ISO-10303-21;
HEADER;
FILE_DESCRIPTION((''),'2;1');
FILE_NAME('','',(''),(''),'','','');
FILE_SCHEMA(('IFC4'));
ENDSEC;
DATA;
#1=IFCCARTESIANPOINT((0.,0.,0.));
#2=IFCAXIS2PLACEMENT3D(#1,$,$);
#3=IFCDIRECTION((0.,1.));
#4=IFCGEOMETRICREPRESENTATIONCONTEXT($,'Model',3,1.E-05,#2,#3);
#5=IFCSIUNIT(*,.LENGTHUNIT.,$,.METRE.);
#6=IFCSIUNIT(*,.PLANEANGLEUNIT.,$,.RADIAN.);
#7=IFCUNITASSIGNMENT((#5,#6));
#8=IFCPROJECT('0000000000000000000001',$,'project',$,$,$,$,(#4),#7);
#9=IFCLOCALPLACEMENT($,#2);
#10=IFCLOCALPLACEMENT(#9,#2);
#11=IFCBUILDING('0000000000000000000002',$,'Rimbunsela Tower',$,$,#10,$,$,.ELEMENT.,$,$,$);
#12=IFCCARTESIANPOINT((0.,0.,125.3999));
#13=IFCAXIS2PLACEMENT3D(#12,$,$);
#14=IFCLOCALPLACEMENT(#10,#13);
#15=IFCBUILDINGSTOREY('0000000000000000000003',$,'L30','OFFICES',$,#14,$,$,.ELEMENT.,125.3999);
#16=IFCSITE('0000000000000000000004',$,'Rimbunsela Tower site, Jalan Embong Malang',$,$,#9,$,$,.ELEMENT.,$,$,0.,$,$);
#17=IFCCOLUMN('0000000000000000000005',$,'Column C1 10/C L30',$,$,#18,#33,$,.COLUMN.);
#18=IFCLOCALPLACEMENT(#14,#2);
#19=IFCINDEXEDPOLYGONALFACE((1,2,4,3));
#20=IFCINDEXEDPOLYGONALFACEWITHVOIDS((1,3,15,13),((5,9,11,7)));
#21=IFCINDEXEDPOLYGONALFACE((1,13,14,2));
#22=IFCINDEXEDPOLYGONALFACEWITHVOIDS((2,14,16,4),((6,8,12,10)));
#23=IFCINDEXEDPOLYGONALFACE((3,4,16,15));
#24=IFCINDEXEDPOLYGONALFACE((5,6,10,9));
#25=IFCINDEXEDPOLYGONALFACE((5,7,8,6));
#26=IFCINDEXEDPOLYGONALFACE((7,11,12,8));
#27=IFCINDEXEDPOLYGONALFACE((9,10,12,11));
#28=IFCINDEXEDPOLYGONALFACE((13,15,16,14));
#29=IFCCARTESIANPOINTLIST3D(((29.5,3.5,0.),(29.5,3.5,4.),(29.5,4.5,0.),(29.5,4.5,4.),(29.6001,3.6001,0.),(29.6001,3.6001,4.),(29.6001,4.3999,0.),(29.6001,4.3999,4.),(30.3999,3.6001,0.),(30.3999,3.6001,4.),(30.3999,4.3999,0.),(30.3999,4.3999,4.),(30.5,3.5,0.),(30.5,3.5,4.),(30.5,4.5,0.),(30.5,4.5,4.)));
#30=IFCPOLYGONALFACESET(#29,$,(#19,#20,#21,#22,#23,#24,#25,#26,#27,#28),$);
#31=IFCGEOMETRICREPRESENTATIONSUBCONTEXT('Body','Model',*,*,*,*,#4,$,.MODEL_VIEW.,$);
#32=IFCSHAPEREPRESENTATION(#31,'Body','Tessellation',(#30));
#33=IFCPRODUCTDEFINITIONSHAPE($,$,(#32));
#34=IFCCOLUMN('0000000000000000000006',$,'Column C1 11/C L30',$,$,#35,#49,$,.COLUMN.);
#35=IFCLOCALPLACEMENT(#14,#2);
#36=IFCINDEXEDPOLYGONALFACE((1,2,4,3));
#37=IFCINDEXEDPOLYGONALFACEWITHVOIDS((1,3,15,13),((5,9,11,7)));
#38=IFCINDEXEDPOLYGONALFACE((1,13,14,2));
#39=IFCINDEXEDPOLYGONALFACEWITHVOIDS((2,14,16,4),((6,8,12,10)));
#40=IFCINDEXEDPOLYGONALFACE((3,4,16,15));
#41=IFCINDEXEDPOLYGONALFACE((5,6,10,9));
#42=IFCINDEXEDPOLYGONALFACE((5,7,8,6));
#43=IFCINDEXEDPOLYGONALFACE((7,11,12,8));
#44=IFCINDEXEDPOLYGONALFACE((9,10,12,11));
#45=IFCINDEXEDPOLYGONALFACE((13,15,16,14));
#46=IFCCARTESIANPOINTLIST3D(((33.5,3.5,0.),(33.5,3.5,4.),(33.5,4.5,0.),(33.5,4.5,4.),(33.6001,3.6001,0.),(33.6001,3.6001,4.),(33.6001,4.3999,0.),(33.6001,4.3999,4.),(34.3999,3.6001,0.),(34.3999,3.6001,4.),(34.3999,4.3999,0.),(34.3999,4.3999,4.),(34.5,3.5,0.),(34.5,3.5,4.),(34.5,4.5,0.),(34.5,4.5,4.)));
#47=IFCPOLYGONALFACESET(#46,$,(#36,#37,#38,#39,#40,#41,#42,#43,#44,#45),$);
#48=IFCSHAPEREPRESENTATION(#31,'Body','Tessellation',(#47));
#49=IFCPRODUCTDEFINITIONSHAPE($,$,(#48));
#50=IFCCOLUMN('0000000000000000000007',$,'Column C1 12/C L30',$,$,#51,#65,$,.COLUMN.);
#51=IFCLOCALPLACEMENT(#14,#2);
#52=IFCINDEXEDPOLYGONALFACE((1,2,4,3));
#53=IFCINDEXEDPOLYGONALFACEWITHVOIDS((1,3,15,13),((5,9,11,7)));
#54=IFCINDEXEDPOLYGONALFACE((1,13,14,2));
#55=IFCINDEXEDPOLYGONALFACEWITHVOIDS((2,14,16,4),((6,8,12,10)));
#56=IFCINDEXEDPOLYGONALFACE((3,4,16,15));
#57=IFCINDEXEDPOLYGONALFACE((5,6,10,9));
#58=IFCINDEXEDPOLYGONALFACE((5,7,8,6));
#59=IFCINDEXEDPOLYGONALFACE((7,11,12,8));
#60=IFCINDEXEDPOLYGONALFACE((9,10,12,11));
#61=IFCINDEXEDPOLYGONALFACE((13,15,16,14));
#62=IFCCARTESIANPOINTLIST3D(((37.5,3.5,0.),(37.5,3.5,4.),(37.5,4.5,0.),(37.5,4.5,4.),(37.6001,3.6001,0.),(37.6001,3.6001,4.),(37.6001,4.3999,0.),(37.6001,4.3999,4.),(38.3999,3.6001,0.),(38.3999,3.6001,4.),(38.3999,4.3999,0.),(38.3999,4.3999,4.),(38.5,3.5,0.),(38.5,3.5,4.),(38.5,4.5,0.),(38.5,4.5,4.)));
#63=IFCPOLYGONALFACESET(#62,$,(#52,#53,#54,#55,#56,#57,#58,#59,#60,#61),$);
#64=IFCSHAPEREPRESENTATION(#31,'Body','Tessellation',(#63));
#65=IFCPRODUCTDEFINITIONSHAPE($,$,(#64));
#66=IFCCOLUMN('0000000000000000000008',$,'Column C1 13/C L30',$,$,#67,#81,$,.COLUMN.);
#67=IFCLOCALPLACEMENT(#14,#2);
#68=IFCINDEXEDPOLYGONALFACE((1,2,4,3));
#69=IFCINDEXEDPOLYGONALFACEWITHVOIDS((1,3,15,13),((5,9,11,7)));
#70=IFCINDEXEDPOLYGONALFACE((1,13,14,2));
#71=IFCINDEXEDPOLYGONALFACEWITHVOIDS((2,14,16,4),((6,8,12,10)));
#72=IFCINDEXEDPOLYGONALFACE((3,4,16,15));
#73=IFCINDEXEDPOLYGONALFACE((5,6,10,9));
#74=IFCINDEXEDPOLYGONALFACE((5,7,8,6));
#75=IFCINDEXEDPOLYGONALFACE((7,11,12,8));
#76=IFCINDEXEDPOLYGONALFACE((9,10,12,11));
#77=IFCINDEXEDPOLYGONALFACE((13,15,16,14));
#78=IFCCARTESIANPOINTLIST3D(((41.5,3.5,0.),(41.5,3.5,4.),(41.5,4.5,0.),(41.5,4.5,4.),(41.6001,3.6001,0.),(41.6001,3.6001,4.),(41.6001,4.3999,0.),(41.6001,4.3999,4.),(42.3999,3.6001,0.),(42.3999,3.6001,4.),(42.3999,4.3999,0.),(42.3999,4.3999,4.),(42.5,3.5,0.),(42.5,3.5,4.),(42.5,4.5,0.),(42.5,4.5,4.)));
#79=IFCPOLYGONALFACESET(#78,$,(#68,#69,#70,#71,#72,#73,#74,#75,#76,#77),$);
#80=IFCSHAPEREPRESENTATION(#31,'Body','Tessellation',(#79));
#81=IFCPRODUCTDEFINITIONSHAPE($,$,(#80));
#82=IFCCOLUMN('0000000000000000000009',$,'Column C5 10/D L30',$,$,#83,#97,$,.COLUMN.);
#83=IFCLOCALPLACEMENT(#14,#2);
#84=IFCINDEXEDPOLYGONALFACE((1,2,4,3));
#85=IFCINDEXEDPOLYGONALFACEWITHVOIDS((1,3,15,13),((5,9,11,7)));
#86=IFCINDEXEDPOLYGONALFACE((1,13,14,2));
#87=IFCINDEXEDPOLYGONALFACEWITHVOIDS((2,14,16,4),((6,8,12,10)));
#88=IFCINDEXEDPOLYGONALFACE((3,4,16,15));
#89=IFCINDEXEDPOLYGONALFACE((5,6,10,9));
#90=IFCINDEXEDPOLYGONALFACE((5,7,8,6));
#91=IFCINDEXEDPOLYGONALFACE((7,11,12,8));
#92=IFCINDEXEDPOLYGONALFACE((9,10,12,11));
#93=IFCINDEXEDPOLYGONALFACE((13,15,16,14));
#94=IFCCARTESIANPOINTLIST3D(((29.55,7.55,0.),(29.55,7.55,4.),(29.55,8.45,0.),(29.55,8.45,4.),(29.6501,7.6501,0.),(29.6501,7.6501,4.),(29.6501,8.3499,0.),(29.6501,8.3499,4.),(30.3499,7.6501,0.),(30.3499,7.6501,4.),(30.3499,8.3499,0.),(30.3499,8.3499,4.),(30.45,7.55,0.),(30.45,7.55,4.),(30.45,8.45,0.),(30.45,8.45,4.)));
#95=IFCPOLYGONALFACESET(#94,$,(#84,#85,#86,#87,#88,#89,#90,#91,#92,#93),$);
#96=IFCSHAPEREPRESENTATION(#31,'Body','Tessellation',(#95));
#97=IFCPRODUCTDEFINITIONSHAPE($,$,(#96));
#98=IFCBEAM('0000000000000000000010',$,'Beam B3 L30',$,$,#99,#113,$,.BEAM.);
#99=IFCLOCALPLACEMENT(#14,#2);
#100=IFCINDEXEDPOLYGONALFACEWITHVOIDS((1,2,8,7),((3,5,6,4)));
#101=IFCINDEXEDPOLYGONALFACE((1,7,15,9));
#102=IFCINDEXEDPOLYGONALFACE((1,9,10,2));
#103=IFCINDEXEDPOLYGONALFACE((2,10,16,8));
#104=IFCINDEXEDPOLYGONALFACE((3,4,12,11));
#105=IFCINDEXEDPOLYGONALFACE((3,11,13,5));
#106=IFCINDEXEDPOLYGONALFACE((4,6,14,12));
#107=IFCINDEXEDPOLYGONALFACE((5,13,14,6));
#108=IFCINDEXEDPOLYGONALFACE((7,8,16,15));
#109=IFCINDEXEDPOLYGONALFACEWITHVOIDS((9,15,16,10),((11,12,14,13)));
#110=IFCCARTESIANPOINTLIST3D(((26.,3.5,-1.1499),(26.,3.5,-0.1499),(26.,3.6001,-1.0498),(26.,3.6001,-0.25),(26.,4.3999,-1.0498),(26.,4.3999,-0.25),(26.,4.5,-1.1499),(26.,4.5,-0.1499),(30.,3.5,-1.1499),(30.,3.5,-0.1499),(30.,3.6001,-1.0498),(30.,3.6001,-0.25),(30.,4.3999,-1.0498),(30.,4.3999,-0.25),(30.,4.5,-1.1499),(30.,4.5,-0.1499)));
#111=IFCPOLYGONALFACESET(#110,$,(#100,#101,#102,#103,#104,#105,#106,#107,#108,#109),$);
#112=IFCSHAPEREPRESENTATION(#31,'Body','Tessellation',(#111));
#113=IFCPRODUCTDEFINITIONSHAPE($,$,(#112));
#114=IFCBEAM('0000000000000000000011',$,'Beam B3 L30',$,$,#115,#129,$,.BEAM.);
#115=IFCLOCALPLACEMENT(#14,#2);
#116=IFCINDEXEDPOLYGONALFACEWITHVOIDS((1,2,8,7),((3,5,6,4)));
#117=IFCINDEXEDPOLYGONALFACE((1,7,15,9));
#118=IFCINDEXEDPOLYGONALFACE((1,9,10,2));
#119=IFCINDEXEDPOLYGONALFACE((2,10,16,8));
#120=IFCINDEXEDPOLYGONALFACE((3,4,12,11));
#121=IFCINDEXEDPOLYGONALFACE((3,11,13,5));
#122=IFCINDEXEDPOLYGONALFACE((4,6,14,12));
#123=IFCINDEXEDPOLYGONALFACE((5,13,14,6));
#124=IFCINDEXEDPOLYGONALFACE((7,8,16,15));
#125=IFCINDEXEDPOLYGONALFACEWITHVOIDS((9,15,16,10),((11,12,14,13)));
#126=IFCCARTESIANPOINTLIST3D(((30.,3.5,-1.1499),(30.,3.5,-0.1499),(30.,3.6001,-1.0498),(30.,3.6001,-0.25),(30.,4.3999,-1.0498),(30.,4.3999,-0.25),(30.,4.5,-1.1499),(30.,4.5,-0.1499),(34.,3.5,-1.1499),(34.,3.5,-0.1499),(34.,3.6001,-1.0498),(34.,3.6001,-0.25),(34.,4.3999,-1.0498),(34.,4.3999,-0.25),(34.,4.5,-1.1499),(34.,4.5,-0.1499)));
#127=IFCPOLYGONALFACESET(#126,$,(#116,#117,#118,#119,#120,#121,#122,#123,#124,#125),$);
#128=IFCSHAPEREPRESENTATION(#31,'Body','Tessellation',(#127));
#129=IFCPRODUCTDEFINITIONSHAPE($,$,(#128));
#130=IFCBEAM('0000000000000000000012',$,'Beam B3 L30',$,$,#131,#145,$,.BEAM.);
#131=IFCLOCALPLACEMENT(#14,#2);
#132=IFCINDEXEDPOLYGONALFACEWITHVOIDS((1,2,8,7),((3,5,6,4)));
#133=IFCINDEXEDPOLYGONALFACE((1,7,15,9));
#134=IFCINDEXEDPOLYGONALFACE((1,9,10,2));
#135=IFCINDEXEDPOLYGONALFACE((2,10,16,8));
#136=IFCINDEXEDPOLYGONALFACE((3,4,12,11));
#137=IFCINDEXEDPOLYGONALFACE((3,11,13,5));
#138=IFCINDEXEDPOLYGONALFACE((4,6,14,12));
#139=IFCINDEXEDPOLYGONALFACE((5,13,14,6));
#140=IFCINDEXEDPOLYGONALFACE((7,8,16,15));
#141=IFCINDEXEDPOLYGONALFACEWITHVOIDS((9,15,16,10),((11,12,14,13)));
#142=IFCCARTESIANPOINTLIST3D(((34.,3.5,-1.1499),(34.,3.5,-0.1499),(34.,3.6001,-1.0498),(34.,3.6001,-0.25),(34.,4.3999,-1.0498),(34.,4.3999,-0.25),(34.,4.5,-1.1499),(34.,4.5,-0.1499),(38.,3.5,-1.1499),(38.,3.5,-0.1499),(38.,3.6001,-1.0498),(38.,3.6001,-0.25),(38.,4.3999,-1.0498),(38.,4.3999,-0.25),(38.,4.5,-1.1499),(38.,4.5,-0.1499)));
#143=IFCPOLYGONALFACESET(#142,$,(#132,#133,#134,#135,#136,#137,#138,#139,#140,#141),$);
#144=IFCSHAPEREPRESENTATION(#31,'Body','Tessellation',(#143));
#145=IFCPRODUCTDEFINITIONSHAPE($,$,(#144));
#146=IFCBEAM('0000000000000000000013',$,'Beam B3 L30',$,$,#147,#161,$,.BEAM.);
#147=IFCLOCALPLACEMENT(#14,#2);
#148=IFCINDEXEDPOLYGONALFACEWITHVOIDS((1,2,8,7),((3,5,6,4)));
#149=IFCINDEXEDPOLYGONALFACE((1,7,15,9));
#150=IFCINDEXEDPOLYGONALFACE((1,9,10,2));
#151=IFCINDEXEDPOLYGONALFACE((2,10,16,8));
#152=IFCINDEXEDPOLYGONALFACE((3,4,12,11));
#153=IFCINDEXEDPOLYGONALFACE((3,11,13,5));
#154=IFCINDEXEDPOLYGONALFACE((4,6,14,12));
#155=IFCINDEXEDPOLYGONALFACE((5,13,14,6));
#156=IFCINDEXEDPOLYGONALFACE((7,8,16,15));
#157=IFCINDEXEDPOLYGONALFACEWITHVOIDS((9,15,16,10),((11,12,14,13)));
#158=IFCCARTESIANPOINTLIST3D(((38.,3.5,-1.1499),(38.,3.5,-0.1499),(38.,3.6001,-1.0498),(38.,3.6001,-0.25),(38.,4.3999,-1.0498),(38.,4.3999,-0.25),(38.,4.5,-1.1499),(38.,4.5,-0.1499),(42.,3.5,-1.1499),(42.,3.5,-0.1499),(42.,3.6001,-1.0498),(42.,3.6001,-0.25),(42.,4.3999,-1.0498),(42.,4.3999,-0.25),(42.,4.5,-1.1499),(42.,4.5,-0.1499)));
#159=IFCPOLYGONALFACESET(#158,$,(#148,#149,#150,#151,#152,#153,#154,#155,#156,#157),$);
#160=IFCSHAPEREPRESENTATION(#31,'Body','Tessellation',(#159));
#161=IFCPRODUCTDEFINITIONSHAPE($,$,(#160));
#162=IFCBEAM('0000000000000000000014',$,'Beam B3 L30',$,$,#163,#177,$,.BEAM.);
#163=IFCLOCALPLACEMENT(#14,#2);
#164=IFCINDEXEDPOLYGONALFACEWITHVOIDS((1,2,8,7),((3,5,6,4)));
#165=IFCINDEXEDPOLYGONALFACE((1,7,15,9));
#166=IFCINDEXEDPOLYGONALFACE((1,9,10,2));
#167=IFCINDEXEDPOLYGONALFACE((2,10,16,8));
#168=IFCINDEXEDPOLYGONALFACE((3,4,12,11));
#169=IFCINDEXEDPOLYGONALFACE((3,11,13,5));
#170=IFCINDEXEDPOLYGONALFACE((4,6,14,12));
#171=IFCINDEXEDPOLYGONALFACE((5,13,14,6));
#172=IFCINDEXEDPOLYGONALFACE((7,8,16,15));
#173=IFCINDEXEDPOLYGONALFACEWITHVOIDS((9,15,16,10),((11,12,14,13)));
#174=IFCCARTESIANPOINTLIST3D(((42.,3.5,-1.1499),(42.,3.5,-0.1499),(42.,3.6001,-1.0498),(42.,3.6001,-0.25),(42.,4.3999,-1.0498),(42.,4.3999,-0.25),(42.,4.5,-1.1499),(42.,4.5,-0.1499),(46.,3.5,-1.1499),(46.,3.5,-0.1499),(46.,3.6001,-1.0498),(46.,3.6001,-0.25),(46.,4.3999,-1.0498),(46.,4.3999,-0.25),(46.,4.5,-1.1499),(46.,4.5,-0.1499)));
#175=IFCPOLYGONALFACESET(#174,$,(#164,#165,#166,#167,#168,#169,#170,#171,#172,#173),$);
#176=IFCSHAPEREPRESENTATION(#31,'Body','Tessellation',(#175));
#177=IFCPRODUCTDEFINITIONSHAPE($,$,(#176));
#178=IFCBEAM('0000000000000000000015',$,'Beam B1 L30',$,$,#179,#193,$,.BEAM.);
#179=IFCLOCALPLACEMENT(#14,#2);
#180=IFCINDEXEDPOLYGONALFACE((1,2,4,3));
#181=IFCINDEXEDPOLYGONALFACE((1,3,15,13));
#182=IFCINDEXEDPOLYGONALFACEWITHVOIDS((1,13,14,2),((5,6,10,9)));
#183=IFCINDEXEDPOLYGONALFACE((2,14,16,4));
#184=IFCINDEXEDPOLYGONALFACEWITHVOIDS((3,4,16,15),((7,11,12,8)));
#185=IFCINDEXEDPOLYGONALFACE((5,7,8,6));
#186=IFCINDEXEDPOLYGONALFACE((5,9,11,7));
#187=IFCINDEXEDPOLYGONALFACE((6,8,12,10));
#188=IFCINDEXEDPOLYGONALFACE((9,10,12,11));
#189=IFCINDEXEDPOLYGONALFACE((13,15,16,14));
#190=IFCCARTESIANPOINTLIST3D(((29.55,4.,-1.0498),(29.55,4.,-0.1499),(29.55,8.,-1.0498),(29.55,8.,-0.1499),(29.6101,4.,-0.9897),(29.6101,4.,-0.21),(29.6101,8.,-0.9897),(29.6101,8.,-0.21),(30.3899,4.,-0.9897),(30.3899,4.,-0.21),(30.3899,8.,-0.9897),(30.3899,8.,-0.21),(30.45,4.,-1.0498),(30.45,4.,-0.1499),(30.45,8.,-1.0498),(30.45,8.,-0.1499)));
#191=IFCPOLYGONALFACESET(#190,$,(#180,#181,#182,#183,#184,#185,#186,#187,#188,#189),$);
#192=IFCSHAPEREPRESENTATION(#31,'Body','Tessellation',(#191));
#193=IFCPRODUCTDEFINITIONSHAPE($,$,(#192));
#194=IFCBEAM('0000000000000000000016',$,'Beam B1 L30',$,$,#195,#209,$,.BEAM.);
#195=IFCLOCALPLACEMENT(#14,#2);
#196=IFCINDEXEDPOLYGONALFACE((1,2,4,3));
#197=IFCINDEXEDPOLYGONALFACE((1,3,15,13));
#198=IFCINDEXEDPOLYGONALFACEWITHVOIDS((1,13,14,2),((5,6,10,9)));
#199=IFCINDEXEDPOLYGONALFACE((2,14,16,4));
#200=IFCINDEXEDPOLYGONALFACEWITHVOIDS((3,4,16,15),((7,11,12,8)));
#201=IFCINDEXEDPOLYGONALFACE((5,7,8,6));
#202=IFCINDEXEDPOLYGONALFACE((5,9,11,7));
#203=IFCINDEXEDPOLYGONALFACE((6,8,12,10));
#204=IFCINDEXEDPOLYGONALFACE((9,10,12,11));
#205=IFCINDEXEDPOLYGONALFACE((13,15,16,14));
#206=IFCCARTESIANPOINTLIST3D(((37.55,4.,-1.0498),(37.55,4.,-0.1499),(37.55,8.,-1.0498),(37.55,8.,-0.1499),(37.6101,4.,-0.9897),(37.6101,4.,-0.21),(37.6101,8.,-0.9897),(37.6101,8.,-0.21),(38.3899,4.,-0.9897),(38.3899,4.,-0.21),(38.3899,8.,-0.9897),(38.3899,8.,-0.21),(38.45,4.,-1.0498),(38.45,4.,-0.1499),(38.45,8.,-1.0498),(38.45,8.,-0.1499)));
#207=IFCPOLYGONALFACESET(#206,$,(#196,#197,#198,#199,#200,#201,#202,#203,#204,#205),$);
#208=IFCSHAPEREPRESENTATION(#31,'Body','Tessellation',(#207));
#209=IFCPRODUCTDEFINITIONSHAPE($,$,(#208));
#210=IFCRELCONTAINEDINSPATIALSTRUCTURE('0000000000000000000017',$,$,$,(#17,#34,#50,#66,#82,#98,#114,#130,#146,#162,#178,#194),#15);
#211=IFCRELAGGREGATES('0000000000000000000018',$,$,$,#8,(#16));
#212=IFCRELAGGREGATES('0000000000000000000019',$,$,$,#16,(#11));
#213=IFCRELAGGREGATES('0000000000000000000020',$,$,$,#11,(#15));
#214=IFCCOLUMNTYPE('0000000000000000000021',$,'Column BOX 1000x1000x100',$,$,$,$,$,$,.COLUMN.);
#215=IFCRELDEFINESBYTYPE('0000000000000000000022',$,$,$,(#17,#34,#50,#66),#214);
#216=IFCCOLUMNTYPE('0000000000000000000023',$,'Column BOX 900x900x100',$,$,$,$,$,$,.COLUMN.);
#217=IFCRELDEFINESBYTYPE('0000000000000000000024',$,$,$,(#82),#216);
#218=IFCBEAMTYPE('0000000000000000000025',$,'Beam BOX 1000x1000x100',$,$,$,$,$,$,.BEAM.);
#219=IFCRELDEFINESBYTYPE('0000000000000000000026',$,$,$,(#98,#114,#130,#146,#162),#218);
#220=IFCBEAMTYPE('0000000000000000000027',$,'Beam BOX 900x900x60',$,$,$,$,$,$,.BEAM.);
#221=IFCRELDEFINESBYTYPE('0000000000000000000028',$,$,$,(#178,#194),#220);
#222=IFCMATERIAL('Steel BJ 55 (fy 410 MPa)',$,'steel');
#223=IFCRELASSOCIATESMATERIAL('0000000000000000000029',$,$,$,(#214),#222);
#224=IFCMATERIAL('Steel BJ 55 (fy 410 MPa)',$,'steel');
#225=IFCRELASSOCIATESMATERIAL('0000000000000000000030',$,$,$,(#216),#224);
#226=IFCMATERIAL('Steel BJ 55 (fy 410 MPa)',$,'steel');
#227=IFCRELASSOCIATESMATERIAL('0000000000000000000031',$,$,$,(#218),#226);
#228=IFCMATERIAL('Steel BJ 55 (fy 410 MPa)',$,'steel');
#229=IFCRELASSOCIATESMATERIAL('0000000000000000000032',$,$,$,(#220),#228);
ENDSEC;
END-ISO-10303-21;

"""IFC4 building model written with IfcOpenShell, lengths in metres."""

from ifc_helpers import new_model, si_unit, direction, frame, origin, origin_2d, place, context, subcontext, project, spatial, hollow_rectangle, extrude, material, material_profile, profile_set, type_object, element, save


model = new_model("IFC4")

# Units and contexts
model_context = context("Model", 3, precision=1e-05, world=origin(), true_north=direction((0.0, 1.0)))
body_context = subcontext(model_context, "Body", "Model", "MODEL_VIEW")
ifc_project = project(units=[si_unit("LENGTHUNIT", "METRE"), si_unit("PLANEANGLEUNIT", "RADIAN")], contexts=[model_context])

# Site, building, storey
site_placement = place(None, origin())
site = spatial("IfcSite", under=ifc_project, at=site_placement, Name="Rimbunsela Tower site, Jalan Embong Malang", CompositionType="ELEMENT", RefElevation=0.0)
building_placement = place(site_placement, origin())
building = spatial("IfcBuilding", under=site, at=building_placement, Name="Rimbunsela Tower", CompositionType="ELEMENT")
storey_placement = place(building_placement, frame((0.0, 0.0, 125.3999)))
storey = spatial("IfcBuildingStorey", under=building, at=storey_placement, Name="L30", Description="OFFICES", CompositionType="ELEMENT", Elevation=125.3999)

# Columns
ifc_material_1 = material(Name="Steel BJ 55 (fy 410 MPa)", Category="steel")
ifc_material_profile_1 = material_profile(ifc_material_1, hollow_rectangle(XDim=1.0, YDim=1.0, WallThickness=0.1001, at=origin_2d()), Name="BOX 1000x1000x100")
ifc_profile_set_1 = profile_set([ifc_material_profile_1], Name="Steel BJ 55 (fy 410 MPa)")
column_type_1 = type_object("IfcColumnType", Name="Column BOX 1000x1000x100", PredefinedType="COLUMN", material=ifc_profile_set_1)
for number, where, z_axis, x_axis, name in (
    (1, (30.0, 4.0, 0.0), (0.0, 0.0, 1.0), (1.0, 0.0, 0.0), "Column C1 10/C L30"),
    (2, (34.0, 4.0, 0.0), (0.0, 0.0, 1.0), (1.0, 0.0, 0.0), "Column C1 11/C L30"),
    (3, (38.0, 4.0, 0.0), (0.0, 0.0, 1.0), (1.0, 0.0, 0.0), "Column C1 12/C L30"),
    (4, (42.0, 4.0, 0.0), (0.0, 0.0, 1.0), (1.0, 0.0, 0.0), "Column C1 13/C L30"),
):
    element("IfcColumn", number, at=place(storey_placement, frame(where, z_axis=z_axis, x_axis=x_axis)), inside=storey, type_object=column_type_1, Name=name, PredefinedType="COLUMN", context=body_context, shape_type="SweptSolid", body=[
        extrude(hollow_rectangle(XDim=1.0, YDim=1.0, WallThickness=0.1001, at=origin_2d()), origin(), (0.0, 0.0, 1.0), 4.0),
    ])
ifc_material_2 = material(Name="Steel BJ 55 (fy 410 MPa)", Category="steel")
ifc_material_profile_2 = material_profile(ifc_material_2, hollow_rectangle(XDim=0.8999, YDim=0.8999, WallThickness=0.1001, at=origin_2d()), Name="BOX 900x900x100")
ifc_profile_set_2 = profile_set([ifc_material_profile_2], Name="Steel BJ 55 (fy 410 MPa)")
column_type_2 = type_object("IfcColumnType", Name="Column BOX 900x900x100", PredefinedType="COLUMN", material=ifc_profile_set_2)
column_placement = place(storey_placement, frame((30.0, 8.0, 0.0), z_axis=(0.0, 0.0, 1.0), x_axis=(1.0, 0.0, 0.0)))
element("IfcColumn", 5, at=column_placement, inside=storey, type_object=column_type_2, Name="Column C5 10/D L30", PredefinedType="COLUMN", context=body_context, shape_type="SweptSolid", body=[
    extrude(hollow_rectangle(XDim=0.8999, YDim=0.8999, WallThickness=0.1001, at=origin_2d()), origin(), (0.0, 0.0, 1.0), 4.0),
])

# Beams
ifc_material_3 = material(Name="Steel BJ 55 (fy 410 MPa)", Category="steel")
ifc_material_profile_3 = material_profile(ifc_material_3, hollow_rectangle(XDim=1.0, YDim=1.0, WallThickness=0.1001, at=origin_2d()), Name="BOX 1000x1000x100")
ifc_profile_set_3 = profile_set([ifc_material_profile_3], Name="Steel BJ 55 (fy 410 MPa)")
beam_type_1 = type_object("IfcBeamType", Name="Beam BOX 1000x1000x100", PredefinedType="BEAM", material=ifc_profile_set_3)
for number, where, z_axis, x_axis, name in (
    (6, (26.0, 4.0, -0.6499), (1.0, 0.0, 0.0), (0.0, 1.0, 0.0), "Beam B3 L30"),
    (7, (30.0, 4.0, -0.6499), (1.0, 0.0, 0.0), (0.0, 1.0, 0.0), "Beam B3 L30"),
    (8, (34.0, 4.0, -0.6499), (1.0, 0.0, 0.0), (0.0, 1.0, 0.0), "Beam B3 L30"),
    (9, (38.0, 4.0, -0.6499), (1.0, 0.0, 0.0), (0.0, 1.0, 0.0), "Beam B3 L30"),
    (10, (42.0, 4.0, -0.6499), (1.0, 0.0, 0.0), (0.0, 1.0, 0.0), "Beam B3 L30"),
):
    element("IfcBeam", number, at=place(storey_placement, frame(where, z_axis=z_axis, x_axis=x_axis)), inside=storey, type_object=beam_type_1, Name=name, PredefinedType="BEAM", context=body_context, shape_type="SweptSolid", body=[
        extrude(hollow_rectangle(XDim=1.0, YDim=1.0, WallThickness=0.1001, at=origin_2d()), origin(), (0.0, 0.0, 1.0), 4.0),
    ])
ifc_material_4 = material(Name="Steel BJ 55 (fy 410 MPa)", Category="steel")
ifc_material_profile_4 = material_profile(ifc_material_4, hollow_rectangle(XDim=0.8999, YDim=0.8999, WallThickness=0.0601, at=origin_2d()), Name="BOX 900x900x60")
ifc_profile_set_4 = profile_set([ifc_material_profile_4], Name="Steel BJ 55 (fy 410 MPa)")
beam_type_2 = type_object("IfcBeamType", Name="Beam BOX 900x900x60", PredefinedType="BEAM", material=ifc_profile_set_4)
for number, where, z_axis, x_axis, name in (
    (11, (30.0, 4.0, -0.5999), (0.0, 1.0, 0.0), (-1.0, 0.0, 0.0), "Beam B1 L30"),
    (12, (38.0, 4.0, -0.5999), (0.0, 1.0, 0.0), (-1.0, 0.0, 0.0), "Beam B1 L30"),
):
    element("IfcBeam", number, at=place(storey_placement, frame(where, z_axis=z_axis, x_axis=x_axis)), inside=storey, type_object=beam_type_2, Name=name, PredefinedType="BEAM", context=body_context, shape_type="SweptSolid", body=[
        extrude(hollow_rectangle(XDim=0.8999, YDim=0.8999, WallThickness=0.0601, at=origin_2d()), origin(), (0.0, 0.0, 1.0), 4.0),
    ])

save(model, "model.ifc")
